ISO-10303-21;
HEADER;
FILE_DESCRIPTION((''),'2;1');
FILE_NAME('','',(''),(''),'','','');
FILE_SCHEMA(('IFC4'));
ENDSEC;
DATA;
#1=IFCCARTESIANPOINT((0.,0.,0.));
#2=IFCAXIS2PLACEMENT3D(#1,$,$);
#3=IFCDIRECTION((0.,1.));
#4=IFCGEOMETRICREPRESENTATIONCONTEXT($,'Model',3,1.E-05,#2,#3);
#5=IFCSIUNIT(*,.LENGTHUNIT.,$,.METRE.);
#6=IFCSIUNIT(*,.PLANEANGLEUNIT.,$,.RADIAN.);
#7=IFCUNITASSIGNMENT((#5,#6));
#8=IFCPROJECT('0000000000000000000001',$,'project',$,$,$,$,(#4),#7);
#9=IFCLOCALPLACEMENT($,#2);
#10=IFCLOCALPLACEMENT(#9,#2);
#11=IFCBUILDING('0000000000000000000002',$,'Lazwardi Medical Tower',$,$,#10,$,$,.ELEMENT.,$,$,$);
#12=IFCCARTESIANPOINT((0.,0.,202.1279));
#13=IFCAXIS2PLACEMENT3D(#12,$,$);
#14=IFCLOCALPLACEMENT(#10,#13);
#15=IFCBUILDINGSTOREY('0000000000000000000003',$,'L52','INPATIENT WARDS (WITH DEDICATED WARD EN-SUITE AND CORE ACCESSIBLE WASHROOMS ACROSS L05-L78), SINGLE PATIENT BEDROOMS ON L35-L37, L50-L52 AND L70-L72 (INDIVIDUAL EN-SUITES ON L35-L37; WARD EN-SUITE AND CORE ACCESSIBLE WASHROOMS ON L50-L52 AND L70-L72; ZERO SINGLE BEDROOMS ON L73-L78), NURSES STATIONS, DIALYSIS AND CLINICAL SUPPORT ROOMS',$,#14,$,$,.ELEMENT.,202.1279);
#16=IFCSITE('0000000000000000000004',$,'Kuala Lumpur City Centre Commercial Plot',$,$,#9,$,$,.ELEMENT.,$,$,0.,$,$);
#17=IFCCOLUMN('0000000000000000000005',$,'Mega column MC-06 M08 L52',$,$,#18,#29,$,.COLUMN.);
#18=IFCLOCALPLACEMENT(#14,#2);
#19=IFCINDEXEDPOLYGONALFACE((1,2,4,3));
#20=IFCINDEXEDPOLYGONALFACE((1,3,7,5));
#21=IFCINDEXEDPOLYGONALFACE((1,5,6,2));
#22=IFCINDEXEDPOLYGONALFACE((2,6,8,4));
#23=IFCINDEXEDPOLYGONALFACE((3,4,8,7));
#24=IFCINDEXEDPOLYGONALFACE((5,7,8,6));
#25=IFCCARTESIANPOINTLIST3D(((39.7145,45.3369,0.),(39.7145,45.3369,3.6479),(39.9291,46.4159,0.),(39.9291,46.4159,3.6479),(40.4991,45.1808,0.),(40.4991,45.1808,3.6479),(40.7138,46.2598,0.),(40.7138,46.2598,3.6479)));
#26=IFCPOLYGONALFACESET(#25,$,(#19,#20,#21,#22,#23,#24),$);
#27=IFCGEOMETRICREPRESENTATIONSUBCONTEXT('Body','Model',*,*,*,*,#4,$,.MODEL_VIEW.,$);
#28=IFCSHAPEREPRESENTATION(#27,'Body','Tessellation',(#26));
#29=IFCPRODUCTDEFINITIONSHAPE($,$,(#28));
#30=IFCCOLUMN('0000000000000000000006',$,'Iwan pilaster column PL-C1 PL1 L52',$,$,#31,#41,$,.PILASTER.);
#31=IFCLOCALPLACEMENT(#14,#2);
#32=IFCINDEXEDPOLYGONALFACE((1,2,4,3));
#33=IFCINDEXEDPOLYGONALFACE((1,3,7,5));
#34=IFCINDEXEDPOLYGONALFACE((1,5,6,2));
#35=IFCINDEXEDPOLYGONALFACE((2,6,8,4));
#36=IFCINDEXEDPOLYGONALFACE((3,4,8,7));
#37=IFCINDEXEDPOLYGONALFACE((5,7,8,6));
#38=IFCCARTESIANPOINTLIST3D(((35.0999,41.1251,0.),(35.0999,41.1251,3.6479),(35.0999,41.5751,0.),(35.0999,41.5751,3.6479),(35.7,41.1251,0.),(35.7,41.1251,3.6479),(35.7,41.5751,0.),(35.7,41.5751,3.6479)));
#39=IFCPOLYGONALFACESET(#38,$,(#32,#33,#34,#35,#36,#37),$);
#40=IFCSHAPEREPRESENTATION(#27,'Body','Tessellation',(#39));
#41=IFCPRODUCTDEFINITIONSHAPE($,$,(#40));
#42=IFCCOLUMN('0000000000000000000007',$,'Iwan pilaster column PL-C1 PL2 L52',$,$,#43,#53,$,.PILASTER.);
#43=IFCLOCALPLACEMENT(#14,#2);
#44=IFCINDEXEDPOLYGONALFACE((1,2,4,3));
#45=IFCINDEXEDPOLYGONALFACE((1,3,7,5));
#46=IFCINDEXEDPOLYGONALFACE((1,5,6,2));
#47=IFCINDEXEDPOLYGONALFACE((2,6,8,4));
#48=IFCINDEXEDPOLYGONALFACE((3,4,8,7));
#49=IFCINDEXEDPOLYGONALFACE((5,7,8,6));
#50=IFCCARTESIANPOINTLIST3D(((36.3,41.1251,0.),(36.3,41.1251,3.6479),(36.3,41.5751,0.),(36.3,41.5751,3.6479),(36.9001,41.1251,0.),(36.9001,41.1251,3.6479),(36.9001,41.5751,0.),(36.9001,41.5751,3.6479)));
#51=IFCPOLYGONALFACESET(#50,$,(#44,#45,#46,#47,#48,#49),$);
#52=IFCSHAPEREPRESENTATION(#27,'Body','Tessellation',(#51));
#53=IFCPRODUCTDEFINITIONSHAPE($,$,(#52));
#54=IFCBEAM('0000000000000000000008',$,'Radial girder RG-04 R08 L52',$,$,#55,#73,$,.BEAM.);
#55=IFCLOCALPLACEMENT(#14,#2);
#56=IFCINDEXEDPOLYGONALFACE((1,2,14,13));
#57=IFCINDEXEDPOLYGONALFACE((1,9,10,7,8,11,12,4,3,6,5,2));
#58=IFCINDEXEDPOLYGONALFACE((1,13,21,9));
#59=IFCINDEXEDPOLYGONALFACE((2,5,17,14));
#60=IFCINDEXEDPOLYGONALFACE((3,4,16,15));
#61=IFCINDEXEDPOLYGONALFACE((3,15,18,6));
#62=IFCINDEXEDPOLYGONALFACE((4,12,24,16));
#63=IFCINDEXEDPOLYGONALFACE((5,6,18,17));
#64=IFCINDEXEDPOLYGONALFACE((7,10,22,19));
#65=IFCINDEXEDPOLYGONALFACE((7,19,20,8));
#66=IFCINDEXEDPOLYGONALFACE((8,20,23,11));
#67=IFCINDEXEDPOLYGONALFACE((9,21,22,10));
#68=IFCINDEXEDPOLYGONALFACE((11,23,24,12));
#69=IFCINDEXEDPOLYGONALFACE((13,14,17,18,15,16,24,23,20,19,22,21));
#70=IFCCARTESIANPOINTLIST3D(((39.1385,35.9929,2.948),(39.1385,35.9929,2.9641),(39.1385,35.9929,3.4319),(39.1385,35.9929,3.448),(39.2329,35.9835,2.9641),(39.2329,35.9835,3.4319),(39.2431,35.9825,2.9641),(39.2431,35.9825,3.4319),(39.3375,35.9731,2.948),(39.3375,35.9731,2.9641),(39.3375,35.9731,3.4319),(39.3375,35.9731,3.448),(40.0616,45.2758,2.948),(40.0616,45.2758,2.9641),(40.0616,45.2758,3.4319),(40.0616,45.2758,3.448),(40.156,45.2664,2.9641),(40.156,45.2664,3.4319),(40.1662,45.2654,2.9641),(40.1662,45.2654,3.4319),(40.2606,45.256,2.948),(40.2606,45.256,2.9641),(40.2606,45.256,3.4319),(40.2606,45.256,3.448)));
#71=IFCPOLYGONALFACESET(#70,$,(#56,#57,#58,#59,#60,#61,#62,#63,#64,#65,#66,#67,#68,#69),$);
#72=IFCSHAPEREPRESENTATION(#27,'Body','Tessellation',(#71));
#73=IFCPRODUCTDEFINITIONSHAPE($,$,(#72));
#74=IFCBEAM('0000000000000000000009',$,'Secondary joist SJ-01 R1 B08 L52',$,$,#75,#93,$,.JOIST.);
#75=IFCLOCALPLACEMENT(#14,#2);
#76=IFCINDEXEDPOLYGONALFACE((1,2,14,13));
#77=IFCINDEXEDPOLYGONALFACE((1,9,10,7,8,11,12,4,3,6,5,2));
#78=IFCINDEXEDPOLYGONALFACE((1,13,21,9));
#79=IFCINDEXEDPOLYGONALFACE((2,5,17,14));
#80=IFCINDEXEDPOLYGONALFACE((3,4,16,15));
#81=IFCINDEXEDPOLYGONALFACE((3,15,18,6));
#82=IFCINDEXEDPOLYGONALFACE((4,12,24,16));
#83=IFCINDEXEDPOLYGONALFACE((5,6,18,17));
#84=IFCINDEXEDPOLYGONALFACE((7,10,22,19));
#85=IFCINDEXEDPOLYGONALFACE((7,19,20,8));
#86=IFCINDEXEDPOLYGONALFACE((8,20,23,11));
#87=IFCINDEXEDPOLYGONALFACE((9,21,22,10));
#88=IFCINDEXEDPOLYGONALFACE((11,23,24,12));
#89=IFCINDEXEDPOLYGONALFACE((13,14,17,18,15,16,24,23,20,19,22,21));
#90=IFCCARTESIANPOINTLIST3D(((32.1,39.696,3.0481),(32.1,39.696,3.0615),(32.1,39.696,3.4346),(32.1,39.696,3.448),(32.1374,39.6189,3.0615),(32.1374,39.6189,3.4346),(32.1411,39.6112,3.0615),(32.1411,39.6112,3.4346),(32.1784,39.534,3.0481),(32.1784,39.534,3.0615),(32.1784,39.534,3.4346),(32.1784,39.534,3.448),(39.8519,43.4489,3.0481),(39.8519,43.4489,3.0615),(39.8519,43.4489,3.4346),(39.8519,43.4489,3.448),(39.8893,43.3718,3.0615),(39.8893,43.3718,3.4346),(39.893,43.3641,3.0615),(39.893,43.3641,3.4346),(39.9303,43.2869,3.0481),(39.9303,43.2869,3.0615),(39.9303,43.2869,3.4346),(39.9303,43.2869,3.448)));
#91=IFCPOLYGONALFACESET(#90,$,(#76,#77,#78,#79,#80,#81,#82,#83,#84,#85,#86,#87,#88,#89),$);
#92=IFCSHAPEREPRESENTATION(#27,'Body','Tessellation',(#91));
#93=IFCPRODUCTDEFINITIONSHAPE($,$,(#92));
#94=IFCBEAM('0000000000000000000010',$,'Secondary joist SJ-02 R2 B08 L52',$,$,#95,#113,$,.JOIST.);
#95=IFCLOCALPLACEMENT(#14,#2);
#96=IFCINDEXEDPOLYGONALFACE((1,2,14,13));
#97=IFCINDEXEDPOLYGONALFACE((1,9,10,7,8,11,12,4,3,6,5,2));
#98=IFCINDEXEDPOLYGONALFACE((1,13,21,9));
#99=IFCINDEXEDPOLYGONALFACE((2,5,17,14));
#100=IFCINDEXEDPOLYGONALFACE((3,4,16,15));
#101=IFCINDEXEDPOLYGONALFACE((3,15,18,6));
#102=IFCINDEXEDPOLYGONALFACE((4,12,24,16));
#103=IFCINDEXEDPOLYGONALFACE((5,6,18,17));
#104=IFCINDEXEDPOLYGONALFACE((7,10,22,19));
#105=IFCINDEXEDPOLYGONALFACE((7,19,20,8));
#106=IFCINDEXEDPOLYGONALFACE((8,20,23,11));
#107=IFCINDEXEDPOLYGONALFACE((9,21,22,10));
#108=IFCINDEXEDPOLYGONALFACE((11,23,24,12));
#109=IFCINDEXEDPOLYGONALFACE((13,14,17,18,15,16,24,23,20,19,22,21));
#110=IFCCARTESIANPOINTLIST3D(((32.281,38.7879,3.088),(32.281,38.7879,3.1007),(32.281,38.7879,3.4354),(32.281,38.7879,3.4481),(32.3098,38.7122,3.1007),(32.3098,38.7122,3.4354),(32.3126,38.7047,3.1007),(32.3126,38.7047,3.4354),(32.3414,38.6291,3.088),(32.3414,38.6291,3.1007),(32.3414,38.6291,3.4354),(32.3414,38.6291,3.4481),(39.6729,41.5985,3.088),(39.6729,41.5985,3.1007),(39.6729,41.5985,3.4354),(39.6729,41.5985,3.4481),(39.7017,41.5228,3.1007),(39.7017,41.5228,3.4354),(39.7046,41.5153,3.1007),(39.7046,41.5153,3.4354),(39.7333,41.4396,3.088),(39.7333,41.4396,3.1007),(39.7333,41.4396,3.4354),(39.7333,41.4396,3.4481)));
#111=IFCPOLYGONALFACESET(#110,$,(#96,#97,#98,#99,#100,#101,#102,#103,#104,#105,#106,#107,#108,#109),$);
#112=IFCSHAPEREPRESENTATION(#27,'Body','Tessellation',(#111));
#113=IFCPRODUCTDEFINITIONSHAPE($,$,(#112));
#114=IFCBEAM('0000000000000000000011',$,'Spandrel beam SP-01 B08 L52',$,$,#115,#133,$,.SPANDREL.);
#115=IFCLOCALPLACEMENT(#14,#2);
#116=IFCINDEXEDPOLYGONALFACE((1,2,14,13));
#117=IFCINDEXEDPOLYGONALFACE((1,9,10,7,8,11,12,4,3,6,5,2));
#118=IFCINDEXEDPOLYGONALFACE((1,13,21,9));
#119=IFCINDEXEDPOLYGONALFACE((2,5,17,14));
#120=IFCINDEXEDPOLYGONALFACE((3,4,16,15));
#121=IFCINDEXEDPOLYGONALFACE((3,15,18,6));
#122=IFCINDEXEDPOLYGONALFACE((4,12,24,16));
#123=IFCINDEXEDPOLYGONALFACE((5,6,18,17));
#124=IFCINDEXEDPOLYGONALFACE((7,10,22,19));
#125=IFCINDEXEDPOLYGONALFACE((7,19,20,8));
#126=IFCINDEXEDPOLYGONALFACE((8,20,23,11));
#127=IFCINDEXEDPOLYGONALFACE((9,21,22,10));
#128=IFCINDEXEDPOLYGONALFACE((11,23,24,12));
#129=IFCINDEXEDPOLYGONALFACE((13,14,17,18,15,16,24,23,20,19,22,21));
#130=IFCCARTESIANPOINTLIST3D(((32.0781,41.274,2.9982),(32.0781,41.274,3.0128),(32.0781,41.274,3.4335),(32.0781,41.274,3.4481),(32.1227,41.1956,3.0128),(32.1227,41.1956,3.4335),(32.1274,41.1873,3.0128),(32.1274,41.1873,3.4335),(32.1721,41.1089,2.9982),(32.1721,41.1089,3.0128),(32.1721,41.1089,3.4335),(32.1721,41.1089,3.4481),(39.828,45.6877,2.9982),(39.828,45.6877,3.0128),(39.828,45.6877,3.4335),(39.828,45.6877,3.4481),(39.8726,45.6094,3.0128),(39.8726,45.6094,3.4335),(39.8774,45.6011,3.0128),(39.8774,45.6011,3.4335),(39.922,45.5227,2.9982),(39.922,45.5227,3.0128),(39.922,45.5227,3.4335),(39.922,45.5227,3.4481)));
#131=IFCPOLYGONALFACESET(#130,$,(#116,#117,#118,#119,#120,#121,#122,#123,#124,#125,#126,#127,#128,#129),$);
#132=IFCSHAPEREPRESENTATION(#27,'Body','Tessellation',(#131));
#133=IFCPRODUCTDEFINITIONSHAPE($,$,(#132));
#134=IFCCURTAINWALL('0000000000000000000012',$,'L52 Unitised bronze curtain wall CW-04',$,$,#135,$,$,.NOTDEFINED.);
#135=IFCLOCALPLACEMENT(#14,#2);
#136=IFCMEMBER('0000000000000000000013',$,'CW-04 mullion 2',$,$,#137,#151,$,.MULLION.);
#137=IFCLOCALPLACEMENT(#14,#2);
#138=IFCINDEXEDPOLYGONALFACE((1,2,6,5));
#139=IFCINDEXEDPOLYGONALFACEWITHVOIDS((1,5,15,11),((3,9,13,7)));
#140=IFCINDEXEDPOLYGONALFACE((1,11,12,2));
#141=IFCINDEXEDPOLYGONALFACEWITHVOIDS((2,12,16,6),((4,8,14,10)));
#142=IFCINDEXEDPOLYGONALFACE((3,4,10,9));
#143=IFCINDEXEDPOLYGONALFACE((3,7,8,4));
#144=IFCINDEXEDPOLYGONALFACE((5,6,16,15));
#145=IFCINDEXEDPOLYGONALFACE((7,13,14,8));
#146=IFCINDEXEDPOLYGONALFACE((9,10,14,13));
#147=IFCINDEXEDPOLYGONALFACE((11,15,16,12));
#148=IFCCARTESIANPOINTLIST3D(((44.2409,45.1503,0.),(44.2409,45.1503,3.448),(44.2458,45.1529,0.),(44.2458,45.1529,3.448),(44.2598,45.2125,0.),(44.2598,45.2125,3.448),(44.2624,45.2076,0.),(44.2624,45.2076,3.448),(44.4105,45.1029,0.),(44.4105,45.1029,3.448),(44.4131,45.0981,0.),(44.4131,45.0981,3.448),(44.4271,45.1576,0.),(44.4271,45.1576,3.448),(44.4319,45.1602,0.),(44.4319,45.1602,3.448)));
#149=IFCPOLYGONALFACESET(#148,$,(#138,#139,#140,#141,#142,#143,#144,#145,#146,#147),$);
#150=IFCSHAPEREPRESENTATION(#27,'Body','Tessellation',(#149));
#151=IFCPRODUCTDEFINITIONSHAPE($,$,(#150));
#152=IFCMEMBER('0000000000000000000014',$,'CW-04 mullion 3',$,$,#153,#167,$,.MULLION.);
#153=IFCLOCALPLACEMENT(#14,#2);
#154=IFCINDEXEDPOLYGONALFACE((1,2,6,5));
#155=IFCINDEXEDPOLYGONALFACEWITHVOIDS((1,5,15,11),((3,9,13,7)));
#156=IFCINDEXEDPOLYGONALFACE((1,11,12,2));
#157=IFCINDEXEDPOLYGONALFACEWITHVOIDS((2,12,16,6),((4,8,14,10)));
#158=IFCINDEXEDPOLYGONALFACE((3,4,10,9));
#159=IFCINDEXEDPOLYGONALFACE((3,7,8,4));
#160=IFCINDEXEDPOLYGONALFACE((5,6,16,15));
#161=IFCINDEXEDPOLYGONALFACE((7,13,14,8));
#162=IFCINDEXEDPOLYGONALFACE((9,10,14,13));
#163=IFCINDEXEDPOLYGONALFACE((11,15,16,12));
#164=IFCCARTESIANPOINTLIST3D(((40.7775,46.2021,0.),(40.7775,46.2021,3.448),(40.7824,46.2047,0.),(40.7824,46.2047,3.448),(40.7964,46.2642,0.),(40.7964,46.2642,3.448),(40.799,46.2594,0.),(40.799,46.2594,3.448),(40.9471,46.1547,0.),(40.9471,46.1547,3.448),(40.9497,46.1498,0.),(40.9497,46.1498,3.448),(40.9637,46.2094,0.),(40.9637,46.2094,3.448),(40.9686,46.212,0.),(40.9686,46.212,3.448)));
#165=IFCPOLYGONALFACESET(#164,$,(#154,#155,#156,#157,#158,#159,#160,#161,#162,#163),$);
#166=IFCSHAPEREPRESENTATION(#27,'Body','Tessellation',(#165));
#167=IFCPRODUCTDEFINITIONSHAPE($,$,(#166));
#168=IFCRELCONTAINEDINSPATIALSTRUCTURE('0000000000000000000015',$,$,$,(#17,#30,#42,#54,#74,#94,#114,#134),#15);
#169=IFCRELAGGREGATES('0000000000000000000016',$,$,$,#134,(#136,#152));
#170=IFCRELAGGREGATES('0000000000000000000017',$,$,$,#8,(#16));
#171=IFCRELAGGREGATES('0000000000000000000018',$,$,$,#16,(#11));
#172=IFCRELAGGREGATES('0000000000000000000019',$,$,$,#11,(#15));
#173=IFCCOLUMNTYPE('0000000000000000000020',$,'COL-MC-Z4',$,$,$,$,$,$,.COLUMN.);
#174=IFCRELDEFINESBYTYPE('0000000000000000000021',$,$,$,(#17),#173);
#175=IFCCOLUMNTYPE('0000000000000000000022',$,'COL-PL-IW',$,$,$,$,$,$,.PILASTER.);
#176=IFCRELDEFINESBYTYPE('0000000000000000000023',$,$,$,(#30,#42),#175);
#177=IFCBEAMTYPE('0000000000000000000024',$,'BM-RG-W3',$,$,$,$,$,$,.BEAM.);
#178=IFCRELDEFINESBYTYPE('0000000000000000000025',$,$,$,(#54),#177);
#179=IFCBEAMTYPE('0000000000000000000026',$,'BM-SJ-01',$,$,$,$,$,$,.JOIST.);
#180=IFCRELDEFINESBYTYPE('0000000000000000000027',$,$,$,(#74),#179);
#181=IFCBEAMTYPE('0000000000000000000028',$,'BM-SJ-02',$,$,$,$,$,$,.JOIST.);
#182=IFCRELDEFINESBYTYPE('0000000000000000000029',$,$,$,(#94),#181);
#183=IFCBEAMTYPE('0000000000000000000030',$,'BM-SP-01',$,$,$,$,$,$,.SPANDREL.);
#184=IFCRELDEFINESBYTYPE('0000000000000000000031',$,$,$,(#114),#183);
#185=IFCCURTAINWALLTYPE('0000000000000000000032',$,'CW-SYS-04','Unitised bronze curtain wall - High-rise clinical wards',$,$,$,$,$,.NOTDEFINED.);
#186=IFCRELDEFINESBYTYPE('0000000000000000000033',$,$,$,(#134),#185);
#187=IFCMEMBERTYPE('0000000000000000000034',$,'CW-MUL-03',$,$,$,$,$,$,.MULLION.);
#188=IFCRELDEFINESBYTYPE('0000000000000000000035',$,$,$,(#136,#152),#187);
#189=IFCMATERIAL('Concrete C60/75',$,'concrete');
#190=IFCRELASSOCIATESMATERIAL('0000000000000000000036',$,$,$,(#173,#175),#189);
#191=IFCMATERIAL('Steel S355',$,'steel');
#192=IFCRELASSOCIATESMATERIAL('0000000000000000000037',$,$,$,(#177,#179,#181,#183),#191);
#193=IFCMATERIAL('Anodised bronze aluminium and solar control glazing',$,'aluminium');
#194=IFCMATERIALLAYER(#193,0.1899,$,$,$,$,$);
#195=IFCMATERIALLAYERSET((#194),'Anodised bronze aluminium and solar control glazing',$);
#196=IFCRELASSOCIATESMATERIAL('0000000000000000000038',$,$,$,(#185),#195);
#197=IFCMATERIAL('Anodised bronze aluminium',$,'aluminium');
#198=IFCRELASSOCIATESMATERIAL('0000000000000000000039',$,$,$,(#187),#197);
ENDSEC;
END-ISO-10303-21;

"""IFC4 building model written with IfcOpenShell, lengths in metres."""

from ifc_helpers import new_model, si_unit, direction, frame, origin, origin_2d, place, context, subcontext, project, spatial, rectangle, hollow_rectangle, i_section, extrude, material, layer, layer_set, material_profile, profile_set, type_object, element, aggregate, save


model = new_model("IFC4")

# Units and contexts
model_context = context("Model", 3, precision=1e-05, world=origin(), true_north=direction((0.0, 1.0)))
body_context = subcontext(model_context, "Body", "Model", "MODEL_VIEW")
ifc_project = project(units=[si_unit("LENGTHUNIT", "METRE"), si_unit("PLANEANGLEUNIT", "RADIAN")], contexts=[model_context])

# Site, building, storey
site_placement = place(None, origin())
site = spatial("IfcSite", under=ifc_project, at=site_placement, Name="Kuala Lumpur City Centre Commercial Plot", CompositionType="ELEMENT", RefElevation=0.0)
building_placement = place(site_placement, origin())
building = spatial("IfcBuilding", under=site, at=building_placement, Name="Lazwardi Medical Tower", CompositionType="ELEMENT")
storey_placement = place(building_placement, frame((0.0, 0.0, 202.1279)))
storey = spatial("IfcBuildingStorey", under=building, at=storey_placement, Name="L52", Description="INPATIENT WARDS (WITH DEDICATED WARD EN-SUITE AND CORE ACCESSIBLE WASHROOMS ACROSS L05-L78), SINGLE PATIENT BEDROOMS ON L35-L37, L50-L52 AND L70-L72 (INDIVIDUAL EN-SUITES ON L35-L37; WARD EN-SUITE AND CORE ACCESSIBLE WASHROOMS ON L50-L52 AND L70-L72; ZERO SINGLE BEDROOMS ON L73-L78), NURSES STATIONS, DIALYSIS AND CLINICAL SUPPORT ROOMS", CompositionType="ELEMENT", Elevation=202.1279)

# Columns
ifc_material_1 = material(Name="Concrete C60/75", Category="concrete")
ifc_material_profile_1 = material_profile(ifc_material_1, rectangle(XDim=1.1001, YDim=0.8, at=origin_2d()), Name="CFT-RECT 1100x800")
ifc_profile_set_1 = profile_set([ifc_material_profile_1], Name="Concrete C60/75")
column_type_1 = type_object("IfcColumnType", Name="COL-MC-Z4", PredefinedType="COLUMN", material=ifc_profile_set_1)
column_placement = place(storey_placement, frame((40.2141, 45.7983, 0.0), z_axis=(0.0, 0.0, 1.0), x_axis=(0.19509, 0.980785, 0.0)))
element("IfcColumn", 1, at=column_placement, inside=storey, type_object=column_type_1, Name="Mega column MC-06 M08 L52", PredefinedType="COLUMN", context=body_context, shape_type="SweptSolid", body=[
    extrude(rectangle(XDim=1.1001, YDim=0.8, at=origin_2d()), origin(), (0.0, 0.0, 1.0), 3.6479),
])
ifc_material_profile_2 = material_profile(ifc_material_1, rectangle(XDim=0.6001, YDim=0.45, at=origin_2d()), Name="RC 600x450")
ifc_profile_set_2 = profile_set([ifc_material_profile_2], Name="Concrete C60/75")
column_type_2 = type_object("IfcColumnType", Name="COL-PL-IW", PredefinedType="PILASTER", material=ifc_profile_set_2)
for number, where, z_axis, x_axis, name in (
    (2, (35.3999, 41.3501, 0.0), (0.0, 0.0, 1.0), (1.0, 0.0, 0.0), "Iwan pilaster column PL-C1 PL1 L52"),
    (3, (36.6001, 41.3501, 0.0), (0.0, 0.0, 1.0), (1.0, 0.0, 0.0), "Iwan pilaster column PL-C1 PL2 L52"),
):
    element("IfcColumn", number, at=place(storey_placement, frame(where, z_axis=z_axis, x_axis=x_axis)), inside=storey, type_object=column_type_2, Name=name, PredefinedType="PILASTER", context=body_context, shape_type="SweptSolid", body=[
        extrude(rectangle(XDim=0.6001, YDim=0.45, at=origin_2d()), origin(), (0.0, 0.0, 1.0), 3.6479),
    ])

# Beams
ifc_material_2 = material(Name="Steel S355", Category="steel")
ifc_material_profile_3 = material_profile(ifc_material_2, i_section(OverallWidth=0.2, OverallDepth=0.5, WebThickness=0.0103, FlangeThickness=0.0161, at=origin_2d()), Name="IPE 500")
ifc_profile_set_3 = profile_set([ifc_material_profile_3], Name="Steel S355")
beam_type_1 = type_object("IfcBeamType", Name="BM-RG-W3", PredefinedType="BEAM", material=ifc_profile_set_3)
beam_1_placement = place(storey_placement, frame((40.1611, 45.2659, 3.198), z_axis=(-0.098954, -0.995092, 0.0), x_axis=(0.995092, -0.098954, 0.0)))
element("IfcBeam", 4, at=beam_1_placement, inside=storey, type_object=beam_type_1, Name="Radial girder RG-04 R08 L52", PredefinedType="BEAM", context=body_context, shape_type="SweptSolid", body=[
    extrude(i_section(OverallWidth=0.2, OverallDepth=0.5, WebThickness=0.0103, FlangeThickness=0.0161, at=origin_2d()), origin(), (0.0, 0.0, 1.0), 9.3286),
])
ifc_material_profile_4 = material_profile(ifc_material_2, i_section(OverallWidth=0.1799, OverallDepth=0.3999, WebThickness=0.0085, FlangeThickness=0.0134, at=origin_2d()), Name="IPE 400")
ifc_profile_set_4 = profile_set([ifc_material_profile_4], Name="Steel S355")
beam_type_2 = type_object("IfcBeamType", Name="BM-SJ-01", PredefinedType="JOIST", material=ifc_profile_set_4)
beam_2_placement = place(storey_placement, frame((39.8911, 43.3679, 3.248), z_axis=(-0.900069, -0.435748, 0.0), x_axis=(0.435748, -0.900069, 0.0)))
element("IfcBeam", 5, at=beam_2_placement, inside=storey, type_object=beam_type_2, Name="Secondary joist SJ-01 R1 B08 L52", PredefinedType="JOIST", context=body_context, shape_type="SweptSolid", body=[
    extrude(i_section(OverallWidth=0.1799, OverallDepth=0.3999, WebThickness=0.0085, FlangeThickness=0.0134, at=origin_2d()), origin(), (0.0, 0.0, 1.0), 8.6125),
])
ifc_material_profile_5 = material_profile(ifc_material_2, i_section(OverallWidth=0.1699, OverallDepth=0.3601, WebThickness=0.0081, FlangeThickness=0.0127, at=origin_2d()), Name="IPE 360")
ifc_profile_set_5 = profile_set([ifc_material_profile_5], Name="Steel S355")
beam_type_3 = type_object("IfcBeamType", Name="BM-SJ-02", PredefinedType="JOIST", material=ifc_profile_set_5)
beam_3_placement = place(storey_placement, frame((39.7031, 41.519, 3.2681), z_axis=(-0.934714, -0.3554, 0.0), x_axis=(0.3554, -0.934714, 0.0)))
element("IfcBeam", 6, at=beam_3_placement, inside=storey, type_object=beam_type_3, Name="Secondary joist SJ-02 R2 B08 L52", PredefinedType="JOIST", context=body_context, shape_type="SweptSolid", body=[
    extrude(i_section(OverallWidth=0.1699, OverallDepth=0.3601, WebThickness=0.0081, FlangeThickness=0.0127, at=origin_2d()), origin(), (0.0, 0.0, 1.0), 7.9082),
])
ifc_material_profile_6 = material_profile(ifc_material_2, i_section(OverallWidth=0.1899, OverallDepth=0.45, WebThickness=0.0095, FlangeThickness=0.0146, at=origin_2d()), Name="IPE 450")
ifc_profile_set_6 = profile_set([ifc_material_profile_6], Name="Steel S355")
beam_type_4 = type_object("IfcBeamType", Name="BM-SP-01", PredefinedType="SPANDREL", material=ifc_profile_set_6)
beam_4_placement = place(storey_placement, frame((39.875, 45.6052, 3.2231), z_axis=(-0.868955, -0.494891, 0.0), x_axis=(0.494891, -0.868955, 0.0)))
element("IfcBeam", 7, at=beam_4_placement, inside=storey, type_object=beam_type_4, Name="Spandrel beam SP-01 B08 L52", PredefinedType="SPANDREL", context=body_context, shape_type="SweptSolid", body=[
    extrude(i_section(OverallWidth=0.1899, OverallDepth=0.45, WebThickness=0.0095, FlangeThickness=0.0146, at=origin_2d()), origin(), (0.0, 0.0, 1.0), 8.9187),
])

# Curtain wall, members
ifc_material_3 = material(Name="Anodised bronze aluminium and solar control glazing", Category="aluminium")
ifc_layer_1 = layer(ifc_material_3, 0.1899)
ifc_layer_set_1 = layer_set([ifc_layer_1], Name="Anodised bronze aluminium and solar control glazing")
curtain_wall_type = type_object("IfcCurtainWallType", Name="CW-SYS-04", Description="Unitised bronze curtain wall - High-rise clinical wards", PredefinedType="NOTDEFINED", material=ifc_layer_set_1)
curtain_wall_placement = place(storey_placement, origin())
curtain_wall = element("IfcCurtainWall", 8, at=curtain_wall_placement, inside=storey, type_object=curtain_wall_type, Name="L52 Unitised bronze curtain wall CW-04", PredefinedType="NOTDEFINED")
ifc_material_4 = material(Name="Anodised bronze aluminium", Category="aluminium")
ifc_material_profile_7 = material_profile(ifc_material_4, hollow_rectangle(XDim=0.0649, YDim=0.1799, WallThickness=0.0039, at=origin_2d()), Name="ALU-MULLION 180x65x4")
ifc_profile_set_7 = profile_set([ifc_material_profile_7], Name="Anodised bronze aluminium")
member_type_1 = type_object("IfcMemberType", Name="CW-MUL-03", PredefinedType="MULLION", material=ifc_profile_set_7)
member_1_placement = place(storey_placement, frame((44.3364, 45.1553, 0.0), z_axis=(0.0, 0.0, 1.0), x_axis=(-0.290582, -0.95685, 0.0)))
member_1 = element("IfcMember", 9, at=member_1_placement, type_object=member_type_1, Name="CW-04 mullion 2", PredefinedType="MULLION", context=body_context, shape_type="SweptSolid", body=[
    extrude(hollow_rectangle(XDim=0.0649, YDim=0.1799, WallThickness=0.0039, at=origin_2d()), origin(), (0.0, 0.0, 1.0), 3.448),
])
member_2_placement = place(storey_placement, frame((40.873, 46.207, 0.0), z_axis=(0.0, 0.0, 1.0), x_axis=(-0.290582, -0.95685, 0.0)))
member_2 = element("IfcMember", 10, at=member_2_placement, type_object=member_type_1, Name="CW-04 mullion 3", PredefinedType="MULLION", context=body_context, shape_type="SweptSolid", body=[
    extrude(hollow_rectangle(XDim=0.0649, YDim=0.1799, WallThickness=0.0039, at=origin_2d()), origin(), (0.0, 0.0, 1.0), 3.448),
])
aggregate(curtain_wall, [member_1, member_2])

save(model, "model.ifc")
